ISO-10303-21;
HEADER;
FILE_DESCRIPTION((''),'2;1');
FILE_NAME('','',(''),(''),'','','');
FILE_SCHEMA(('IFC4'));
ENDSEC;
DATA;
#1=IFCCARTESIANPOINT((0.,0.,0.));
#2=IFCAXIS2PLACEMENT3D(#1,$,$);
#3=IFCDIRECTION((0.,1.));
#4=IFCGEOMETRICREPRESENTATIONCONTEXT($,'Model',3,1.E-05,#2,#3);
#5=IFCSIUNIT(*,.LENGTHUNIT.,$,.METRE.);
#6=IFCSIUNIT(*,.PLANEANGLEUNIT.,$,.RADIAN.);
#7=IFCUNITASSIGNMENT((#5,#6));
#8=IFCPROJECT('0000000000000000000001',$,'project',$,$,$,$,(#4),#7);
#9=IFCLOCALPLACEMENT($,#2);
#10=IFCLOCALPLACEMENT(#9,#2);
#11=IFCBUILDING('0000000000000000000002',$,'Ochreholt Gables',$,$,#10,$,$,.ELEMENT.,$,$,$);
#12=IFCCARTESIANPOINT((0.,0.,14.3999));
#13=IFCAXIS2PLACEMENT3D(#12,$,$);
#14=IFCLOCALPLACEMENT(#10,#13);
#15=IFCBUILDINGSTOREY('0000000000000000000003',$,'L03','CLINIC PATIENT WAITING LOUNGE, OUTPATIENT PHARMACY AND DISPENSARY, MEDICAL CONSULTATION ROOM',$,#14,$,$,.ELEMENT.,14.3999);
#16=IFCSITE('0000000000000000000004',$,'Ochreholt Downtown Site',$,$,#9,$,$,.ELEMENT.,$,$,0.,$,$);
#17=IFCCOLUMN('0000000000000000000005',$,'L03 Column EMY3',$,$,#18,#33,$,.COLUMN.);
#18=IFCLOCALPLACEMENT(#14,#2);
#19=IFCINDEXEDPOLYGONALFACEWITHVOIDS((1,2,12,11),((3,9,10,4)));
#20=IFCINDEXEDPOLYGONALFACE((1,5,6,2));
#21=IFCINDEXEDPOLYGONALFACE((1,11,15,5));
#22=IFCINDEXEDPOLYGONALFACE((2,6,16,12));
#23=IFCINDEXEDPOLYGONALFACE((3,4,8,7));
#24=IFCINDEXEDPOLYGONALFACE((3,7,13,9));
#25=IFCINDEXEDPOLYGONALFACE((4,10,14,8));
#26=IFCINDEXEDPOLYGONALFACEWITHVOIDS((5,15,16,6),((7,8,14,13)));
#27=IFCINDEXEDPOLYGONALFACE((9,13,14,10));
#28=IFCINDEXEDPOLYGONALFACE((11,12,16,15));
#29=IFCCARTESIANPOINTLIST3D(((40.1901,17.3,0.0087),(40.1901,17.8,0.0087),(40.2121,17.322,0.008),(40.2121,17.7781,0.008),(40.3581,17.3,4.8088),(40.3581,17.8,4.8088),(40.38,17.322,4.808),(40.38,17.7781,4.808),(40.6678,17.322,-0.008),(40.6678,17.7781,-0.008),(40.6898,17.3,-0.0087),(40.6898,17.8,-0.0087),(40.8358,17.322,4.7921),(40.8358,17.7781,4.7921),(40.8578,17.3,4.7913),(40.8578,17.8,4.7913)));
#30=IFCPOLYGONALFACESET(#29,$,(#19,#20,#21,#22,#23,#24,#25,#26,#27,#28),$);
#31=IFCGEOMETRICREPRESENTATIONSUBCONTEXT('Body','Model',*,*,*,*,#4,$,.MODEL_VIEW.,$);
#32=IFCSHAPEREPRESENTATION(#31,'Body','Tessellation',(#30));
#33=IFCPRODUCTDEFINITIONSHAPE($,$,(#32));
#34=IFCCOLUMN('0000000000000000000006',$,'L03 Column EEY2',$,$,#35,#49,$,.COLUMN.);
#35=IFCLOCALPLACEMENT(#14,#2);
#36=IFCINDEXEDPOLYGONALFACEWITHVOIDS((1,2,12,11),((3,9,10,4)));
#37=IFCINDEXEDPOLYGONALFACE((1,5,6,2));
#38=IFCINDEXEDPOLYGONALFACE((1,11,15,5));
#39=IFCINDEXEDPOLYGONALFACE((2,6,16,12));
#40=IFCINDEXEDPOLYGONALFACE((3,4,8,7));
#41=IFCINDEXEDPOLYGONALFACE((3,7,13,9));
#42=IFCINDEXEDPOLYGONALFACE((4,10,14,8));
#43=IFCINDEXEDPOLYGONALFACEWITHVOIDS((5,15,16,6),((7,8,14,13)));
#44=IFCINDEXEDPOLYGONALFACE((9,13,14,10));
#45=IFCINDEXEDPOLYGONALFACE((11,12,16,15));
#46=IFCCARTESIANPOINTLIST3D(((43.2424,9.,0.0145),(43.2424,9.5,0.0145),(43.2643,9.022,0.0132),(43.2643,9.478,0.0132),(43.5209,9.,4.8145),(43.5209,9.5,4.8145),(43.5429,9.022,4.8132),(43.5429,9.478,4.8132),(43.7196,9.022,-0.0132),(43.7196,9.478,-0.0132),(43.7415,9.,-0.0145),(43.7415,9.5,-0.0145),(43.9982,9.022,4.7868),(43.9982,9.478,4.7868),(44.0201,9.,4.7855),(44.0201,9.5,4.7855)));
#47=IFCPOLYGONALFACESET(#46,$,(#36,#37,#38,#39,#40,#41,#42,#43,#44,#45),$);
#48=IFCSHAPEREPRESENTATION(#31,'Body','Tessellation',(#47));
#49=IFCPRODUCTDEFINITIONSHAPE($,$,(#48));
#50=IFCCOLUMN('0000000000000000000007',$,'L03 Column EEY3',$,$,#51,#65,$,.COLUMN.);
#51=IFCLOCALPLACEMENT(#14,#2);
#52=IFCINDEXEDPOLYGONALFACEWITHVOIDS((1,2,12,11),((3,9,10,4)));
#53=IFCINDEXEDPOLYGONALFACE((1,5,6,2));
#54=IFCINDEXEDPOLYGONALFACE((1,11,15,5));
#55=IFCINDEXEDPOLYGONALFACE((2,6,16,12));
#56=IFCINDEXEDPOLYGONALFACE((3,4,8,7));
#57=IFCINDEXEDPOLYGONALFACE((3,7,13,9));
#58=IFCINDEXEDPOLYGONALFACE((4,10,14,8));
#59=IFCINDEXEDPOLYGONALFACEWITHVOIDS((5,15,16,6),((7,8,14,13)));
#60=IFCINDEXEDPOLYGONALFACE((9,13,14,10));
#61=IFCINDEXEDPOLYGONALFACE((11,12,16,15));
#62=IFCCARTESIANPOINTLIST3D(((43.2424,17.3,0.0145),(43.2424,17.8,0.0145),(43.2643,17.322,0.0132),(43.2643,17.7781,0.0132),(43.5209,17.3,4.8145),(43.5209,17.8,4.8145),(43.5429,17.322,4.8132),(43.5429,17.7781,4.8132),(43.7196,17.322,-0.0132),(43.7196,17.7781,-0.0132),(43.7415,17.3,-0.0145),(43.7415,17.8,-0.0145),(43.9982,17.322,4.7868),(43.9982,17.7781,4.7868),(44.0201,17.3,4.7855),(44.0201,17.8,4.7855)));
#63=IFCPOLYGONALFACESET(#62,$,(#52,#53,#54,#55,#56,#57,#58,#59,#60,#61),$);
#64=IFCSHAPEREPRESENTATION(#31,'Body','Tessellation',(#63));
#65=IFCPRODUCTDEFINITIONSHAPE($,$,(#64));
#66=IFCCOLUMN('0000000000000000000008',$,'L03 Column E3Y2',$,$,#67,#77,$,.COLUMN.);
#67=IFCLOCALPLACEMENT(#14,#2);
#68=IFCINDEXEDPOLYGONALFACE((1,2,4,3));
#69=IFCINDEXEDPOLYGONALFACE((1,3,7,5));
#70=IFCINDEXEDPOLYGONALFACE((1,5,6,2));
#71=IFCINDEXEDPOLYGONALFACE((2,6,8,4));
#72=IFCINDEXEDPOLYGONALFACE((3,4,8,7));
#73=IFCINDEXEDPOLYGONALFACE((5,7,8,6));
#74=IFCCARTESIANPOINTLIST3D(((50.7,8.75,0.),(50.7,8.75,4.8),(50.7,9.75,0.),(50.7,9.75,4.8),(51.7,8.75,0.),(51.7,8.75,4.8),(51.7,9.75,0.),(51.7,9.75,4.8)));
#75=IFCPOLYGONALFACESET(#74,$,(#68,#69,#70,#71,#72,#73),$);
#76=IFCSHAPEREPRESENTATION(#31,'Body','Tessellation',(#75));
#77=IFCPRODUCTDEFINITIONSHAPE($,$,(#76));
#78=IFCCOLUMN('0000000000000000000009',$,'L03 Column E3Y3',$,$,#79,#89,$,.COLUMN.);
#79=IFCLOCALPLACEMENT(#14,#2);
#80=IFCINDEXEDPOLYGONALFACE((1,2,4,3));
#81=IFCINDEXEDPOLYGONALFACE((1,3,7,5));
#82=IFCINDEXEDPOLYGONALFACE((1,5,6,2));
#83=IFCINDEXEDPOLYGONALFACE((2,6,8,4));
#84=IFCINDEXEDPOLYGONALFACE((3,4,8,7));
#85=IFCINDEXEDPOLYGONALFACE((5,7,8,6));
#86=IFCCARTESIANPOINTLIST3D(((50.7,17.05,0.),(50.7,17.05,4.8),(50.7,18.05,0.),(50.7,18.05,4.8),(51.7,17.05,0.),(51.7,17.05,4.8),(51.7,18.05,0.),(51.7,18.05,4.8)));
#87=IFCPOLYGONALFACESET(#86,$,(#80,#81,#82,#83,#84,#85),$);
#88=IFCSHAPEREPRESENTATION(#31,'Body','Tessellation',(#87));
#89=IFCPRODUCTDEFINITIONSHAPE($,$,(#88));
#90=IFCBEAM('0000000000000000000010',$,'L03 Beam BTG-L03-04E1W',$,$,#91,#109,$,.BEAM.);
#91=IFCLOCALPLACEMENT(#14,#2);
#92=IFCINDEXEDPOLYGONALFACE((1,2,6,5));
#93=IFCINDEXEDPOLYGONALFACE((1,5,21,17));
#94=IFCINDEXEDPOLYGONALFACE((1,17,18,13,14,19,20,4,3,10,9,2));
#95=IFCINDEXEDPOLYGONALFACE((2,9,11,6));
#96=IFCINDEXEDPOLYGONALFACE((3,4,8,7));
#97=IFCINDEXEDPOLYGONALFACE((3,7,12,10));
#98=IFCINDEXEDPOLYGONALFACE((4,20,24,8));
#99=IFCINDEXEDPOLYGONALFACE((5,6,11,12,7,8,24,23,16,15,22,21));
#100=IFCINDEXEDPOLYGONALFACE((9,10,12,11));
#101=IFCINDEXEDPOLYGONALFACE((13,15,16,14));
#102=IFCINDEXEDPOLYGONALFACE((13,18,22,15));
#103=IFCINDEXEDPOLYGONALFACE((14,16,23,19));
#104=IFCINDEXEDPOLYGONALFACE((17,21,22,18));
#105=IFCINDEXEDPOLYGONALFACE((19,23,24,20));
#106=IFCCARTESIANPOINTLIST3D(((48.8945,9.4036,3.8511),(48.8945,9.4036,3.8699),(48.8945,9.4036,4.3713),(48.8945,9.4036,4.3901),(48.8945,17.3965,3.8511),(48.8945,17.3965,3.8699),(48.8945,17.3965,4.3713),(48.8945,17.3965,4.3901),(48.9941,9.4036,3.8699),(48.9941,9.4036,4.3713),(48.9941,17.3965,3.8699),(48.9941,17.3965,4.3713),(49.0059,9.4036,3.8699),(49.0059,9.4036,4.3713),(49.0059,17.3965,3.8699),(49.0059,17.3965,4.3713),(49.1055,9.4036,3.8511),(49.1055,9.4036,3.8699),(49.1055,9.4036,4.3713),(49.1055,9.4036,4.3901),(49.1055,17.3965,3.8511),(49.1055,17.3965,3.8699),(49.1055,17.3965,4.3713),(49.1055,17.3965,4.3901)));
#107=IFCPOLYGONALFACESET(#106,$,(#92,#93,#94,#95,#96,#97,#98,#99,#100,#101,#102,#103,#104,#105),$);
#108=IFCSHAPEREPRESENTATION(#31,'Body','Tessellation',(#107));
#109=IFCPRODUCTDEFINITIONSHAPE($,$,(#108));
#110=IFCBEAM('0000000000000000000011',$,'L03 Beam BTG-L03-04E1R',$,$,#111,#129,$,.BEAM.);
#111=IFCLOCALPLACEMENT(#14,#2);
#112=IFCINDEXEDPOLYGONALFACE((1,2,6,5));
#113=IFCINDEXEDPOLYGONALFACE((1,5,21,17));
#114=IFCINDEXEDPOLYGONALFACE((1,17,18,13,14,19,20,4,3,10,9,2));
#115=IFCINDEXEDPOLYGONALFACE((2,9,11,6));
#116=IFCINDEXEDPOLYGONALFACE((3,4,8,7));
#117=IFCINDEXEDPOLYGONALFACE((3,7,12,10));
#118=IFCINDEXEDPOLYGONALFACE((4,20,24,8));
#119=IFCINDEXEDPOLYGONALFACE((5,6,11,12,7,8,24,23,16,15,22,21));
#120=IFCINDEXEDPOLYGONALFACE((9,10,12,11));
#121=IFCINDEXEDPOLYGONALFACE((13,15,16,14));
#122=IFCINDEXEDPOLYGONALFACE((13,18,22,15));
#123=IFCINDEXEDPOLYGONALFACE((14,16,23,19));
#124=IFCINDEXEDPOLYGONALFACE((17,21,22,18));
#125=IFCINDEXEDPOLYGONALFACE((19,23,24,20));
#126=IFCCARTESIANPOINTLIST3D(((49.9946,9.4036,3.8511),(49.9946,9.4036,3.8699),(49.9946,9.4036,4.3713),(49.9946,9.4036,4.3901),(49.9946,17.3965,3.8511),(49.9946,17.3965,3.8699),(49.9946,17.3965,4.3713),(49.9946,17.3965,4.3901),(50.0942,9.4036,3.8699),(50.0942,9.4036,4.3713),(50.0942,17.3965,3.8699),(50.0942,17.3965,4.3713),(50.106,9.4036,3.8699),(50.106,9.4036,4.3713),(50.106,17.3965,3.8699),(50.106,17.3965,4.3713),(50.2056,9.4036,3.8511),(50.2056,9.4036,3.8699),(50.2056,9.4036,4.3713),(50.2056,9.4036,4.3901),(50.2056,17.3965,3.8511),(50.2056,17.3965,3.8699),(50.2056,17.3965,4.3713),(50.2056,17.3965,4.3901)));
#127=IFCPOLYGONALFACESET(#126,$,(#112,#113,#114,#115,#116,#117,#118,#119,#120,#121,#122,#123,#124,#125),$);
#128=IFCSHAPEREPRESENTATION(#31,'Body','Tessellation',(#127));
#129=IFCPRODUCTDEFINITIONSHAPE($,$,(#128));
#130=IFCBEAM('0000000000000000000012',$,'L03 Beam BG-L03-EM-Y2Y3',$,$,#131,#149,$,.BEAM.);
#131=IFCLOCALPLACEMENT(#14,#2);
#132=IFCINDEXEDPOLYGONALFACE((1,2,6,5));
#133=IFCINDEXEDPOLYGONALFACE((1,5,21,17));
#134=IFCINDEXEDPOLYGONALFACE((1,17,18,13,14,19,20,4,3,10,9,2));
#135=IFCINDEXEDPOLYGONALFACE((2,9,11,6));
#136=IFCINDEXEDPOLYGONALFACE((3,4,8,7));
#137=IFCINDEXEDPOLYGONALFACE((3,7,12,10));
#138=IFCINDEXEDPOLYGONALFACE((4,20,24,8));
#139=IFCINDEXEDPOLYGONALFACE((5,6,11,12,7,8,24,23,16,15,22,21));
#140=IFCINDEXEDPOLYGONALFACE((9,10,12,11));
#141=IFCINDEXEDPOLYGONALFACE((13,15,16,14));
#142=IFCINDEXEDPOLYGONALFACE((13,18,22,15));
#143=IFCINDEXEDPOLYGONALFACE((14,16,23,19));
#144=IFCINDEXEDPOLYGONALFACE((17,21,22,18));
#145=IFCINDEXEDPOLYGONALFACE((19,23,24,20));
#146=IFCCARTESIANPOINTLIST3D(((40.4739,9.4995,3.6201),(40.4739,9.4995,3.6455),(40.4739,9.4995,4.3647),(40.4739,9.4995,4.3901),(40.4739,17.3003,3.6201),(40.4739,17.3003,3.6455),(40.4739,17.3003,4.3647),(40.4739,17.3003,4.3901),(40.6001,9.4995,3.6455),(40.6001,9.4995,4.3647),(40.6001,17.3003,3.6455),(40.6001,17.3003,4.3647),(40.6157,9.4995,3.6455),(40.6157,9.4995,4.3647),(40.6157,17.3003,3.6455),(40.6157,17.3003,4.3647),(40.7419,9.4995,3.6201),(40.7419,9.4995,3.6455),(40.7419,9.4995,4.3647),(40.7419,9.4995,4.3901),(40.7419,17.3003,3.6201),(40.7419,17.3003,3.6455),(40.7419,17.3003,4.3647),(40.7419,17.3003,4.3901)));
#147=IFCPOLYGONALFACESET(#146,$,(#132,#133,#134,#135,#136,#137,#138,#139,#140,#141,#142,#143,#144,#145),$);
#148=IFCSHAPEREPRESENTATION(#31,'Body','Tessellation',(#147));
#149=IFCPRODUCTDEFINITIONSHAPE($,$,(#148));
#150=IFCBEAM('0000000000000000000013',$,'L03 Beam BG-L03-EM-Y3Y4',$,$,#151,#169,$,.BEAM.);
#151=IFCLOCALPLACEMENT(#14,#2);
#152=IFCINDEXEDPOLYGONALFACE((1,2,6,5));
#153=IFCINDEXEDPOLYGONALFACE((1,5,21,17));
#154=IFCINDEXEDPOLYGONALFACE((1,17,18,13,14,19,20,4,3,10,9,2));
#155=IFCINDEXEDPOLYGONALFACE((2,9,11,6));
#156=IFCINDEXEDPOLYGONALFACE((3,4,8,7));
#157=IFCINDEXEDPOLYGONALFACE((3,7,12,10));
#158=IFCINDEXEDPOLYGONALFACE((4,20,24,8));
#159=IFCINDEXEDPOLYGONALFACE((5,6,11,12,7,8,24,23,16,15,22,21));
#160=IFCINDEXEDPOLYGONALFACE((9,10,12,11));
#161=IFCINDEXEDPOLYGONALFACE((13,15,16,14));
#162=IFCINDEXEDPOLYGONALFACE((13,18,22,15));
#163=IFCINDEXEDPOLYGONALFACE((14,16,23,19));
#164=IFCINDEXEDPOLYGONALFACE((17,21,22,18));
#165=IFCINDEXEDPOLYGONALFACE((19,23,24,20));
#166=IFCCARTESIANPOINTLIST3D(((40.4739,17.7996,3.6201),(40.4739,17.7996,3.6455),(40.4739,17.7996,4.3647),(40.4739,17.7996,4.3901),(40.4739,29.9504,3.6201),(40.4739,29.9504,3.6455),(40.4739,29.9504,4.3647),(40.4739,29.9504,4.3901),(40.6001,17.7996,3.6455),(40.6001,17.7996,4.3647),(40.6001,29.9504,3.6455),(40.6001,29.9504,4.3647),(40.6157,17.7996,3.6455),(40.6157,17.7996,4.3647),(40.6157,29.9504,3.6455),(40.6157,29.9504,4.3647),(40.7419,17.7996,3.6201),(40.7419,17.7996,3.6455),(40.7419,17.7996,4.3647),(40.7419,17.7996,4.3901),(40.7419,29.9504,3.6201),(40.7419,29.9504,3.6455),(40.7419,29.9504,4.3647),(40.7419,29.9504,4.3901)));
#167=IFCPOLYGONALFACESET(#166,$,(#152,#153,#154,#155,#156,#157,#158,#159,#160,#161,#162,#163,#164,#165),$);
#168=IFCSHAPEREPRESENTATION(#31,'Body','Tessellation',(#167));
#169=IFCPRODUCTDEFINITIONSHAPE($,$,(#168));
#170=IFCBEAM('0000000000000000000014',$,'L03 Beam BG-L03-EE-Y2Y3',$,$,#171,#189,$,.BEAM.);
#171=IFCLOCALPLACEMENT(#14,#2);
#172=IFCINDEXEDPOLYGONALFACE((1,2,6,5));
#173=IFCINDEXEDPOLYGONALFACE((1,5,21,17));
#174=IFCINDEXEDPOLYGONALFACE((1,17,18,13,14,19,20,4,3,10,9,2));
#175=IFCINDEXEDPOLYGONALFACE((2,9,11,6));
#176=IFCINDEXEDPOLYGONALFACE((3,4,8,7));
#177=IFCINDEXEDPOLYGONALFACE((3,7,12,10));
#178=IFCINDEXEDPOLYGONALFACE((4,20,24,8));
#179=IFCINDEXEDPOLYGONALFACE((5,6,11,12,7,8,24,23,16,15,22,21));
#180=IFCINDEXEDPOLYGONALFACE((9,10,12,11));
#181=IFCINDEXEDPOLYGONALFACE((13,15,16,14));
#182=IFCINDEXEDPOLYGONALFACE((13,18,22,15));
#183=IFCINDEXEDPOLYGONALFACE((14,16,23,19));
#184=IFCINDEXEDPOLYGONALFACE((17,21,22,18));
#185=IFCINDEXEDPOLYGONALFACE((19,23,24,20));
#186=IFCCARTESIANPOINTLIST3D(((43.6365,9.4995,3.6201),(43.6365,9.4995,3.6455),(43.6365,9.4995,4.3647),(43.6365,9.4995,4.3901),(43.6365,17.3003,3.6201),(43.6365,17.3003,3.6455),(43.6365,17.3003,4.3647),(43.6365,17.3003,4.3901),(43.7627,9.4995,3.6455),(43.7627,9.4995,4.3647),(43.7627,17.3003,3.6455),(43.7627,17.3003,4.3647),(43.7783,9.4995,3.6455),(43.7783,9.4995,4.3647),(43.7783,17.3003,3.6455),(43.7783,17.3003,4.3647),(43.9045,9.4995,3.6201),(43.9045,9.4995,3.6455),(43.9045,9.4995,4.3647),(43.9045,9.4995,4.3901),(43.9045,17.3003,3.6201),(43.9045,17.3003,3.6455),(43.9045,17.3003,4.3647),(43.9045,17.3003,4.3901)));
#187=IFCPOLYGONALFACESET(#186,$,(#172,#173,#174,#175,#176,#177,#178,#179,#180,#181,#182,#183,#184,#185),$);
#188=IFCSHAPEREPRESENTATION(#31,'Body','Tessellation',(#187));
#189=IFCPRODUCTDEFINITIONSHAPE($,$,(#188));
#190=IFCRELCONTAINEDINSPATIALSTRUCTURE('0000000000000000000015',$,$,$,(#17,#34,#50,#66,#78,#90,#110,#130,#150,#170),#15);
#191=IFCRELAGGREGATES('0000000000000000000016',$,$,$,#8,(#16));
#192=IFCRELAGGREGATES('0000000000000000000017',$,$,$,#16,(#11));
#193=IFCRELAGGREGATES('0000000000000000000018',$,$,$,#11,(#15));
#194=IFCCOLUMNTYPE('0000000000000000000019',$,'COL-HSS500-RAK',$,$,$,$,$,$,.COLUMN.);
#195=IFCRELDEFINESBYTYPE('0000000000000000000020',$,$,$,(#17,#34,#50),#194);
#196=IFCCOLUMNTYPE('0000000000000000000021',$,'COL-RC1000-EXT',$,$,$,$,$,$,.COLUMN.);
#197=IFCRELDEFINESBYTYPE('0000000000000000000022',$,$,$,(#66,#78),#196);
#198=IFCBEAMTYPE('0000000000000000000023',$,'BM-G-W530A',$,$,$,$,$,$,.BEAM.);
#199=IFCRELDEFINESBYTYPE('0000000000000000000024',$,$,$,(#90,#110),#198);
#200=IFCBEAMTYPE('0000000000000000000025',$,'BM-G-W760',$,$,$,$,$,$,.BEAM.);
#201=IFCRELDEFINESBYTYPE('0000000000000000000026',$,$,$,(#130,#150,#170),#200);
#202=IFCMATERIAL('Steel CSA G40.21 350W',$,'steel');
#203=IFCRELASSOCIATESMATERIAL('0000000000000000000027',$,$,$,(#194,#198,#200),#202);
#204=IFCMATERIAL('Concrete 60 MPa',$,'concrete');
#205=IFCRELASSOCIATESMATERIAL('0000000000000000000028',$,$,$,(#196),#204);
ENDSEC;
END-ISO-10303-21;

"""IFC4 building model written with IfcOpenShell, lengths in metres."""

from ifc_helpers import new_model, si_unit, direction, frame, origin, origin_2d, place, context, subcontext, project, spatial, rectangle, hollow_rectangle, i_section, extrude, material, material_profile, profile_set, type_object, element, save


model = new_model("IFC4")

# Units and contexts
model_context = context("Model", 3, precision=1e-05, world=origin(), true_north=direction((0.0, 1.0)))
body_context = subcontext(model_context, "Body", "Model", "MODEL_VIEW")
ifc_project = project(units=[si_unit("LENGTHUNIT", "METRE"), si_unit("PLANEANGLEUNIT", "RADIAN")], contexts=[model_context])

# Site, building, storey
site_placement = place(None, origin())
site = spatial("IfcSite", under=ifc_project, at=site_placement, Name="Ochreholt Downtown Site", CompositionType="ELEMENT", RefElevation=0.0)
building_placement = place(site_placement, origin())
building = spatial("IfcBuilding", under=site, at=building_placement, Name="Ochreholt Gables", CompositionType="ELEMENT")
storey_placement = place(building_placement, frame((0.0, 0.0, 14.3999)))
storey = spatial("IfcBuildingStorey", under=building, at=storey_placement, Name="L03", Description="CLINIC PATIENT WAITING LOUNGE, OUTPATIENT PHARMACY AND DISPENSARY, MEDICAL CONSULTATION ROOM", CompositionType="ELEMENT", Elevation=14.3999)

# Columns
ifc_material_1 = material(Name="Steel CSA G40.21 350W", Category="steel")
ifc_material_profile_1 = material_profile(ifc_material_1, hollow_rectangle(XDim=0.5, YDim=0.5, WallThickness=0.022, at=origin_2d()), Name="HSS500X500X22")
ifc_profile_set_1 = profile_set([ifc_material_profile_1], Name="Steel CSA G40.21 350W")
column_type_1 = type_object("IfcColumnType", Name="COL-HSS500-RAK", PredefinedType="COLUMN", material=ifc_profile_set_1)
column_placement = place(storey_placement, frame((40.4399, 17.55, 0.0), z_axis=(0.034972, 0.0, 0.999388), x_axis=(0.0, 1.0, 0.0)))
element("IfcColumn", 1, at=column_placement, inside=storey, type_object=column_type_1, Name="L03 Column EMY3", PredefinedType="COLUMN", context=body_context, shape_type="SweptSolid", body=[
    extrude(hollow_rectangle(XDim=0.5, YDim=0.5, WallThickness=0.022, at=origin_2d()), origin(), (0.0, 0.0, 1.0), 4.803),
])
for number, where, z_axis, x_axis, name in (
    (2, (43.4919, 9.25, 0.0), (0.057936, 0.0, 0.99832), (0.0, 1.0, 0.0), "L03 Column EEY2"),
    (3, (43.4919, 17.55, 0.0), (0.057936, 0.0, 0.99832), (0.0, 1.0, 0.0), "L03 Column EEY3"),
):
    element("IfcColumn", number, at=place(storey_placement, frame(where, z_axis=z_axis, x_axis=x_axis)), inside=storey, type_object=column_type_1, Name=name, PredefinedType="COLUMN", context=body_context, shape_type="SweptSolid", body=[
        extrude(hollow_rectangle(XDim=0.5, YDim=0.5, WallThickness=0.022, at=origin_2d()), origin(), (0.0, 0.0, 1.0), 4.8081),
    ])
ifc_material_2 = material(Name="Concrete 60 MPa", Category="concrete")
ifc_material_profile_2 = material_profile(ifc_material_2, rectangle(XDim=1.0, YDim=1.0, at=origin_2d()), Name="RC1000X1000")
ifc_profile_set_2 = profile_set([ifc_material_profile_2], Name="Concrete 60 MPa")
column_type_2 = type_object("IfcColumnType", Name="COL-RC1000-EXT", PredefinedType="COLUMN", material=ifc_profile_set_2)
for number, where, z_axis, x_axis, name in (
    (4, (51.2, 9.25, 0.0), (0.0, 0.0, 1.0), (1.0, 0.0, 0.0), "L03 Column E3Y2"),
    (5, (51.2, 17.55, 0.0), (0.0, 0.0, 1.0), (1.0, 0.0, 0.0), "L03 Column E3Y3"),
):
    element("IfcColumn", number, at=place(storey_placement, frame(where, z_axis=z_axis, x_axis=x_axis)), inside=storey, type_object=column_type_2, Name=name, PredefinedType="COLUMN", context=body_context, shape_type="SweptSolid", body=[
        extrude(rectangle(XDim=1.0, YDim=1.0, at=origin_2d()), origin(), (0.0, 0.0, 1.0), 4.8),
    ])

# Beams
ifc_material_profile_3 = material_profile(ifc_material_1, i_section(OverallWidth=0.2109, OverallDepth=0.5391, WebThickness=0.0117, FlangeThickness=0.0188, at=origin_2d()), Name="W530X109")
ifc_profile_set_3 = profile_set([ifc_material_profile_3], Name="Steel CSA G40.21 350W")
beam_type_1 = type_object("IfcBeamType", Name="BM-G-W530A", PredefinedType="BEAM", material=ifc_profile_set_3)
for number, where, z_axis, x_axis, name in (
    (6, (49.0, 9.4036, 4.1206), (0.0, 1.0, 0.0), (-1.0, 0.0, 0.0), "L03 Beam BTG-L03-04E1W"),
    (7, (50.1001, 9.4036, 4.1206), (0.0, 1.0, 0.0), (-1.0, 0.0, 0.0), "L03 Beam BTG-L03-04E1R"),
):
    element("IfcBeam", number, at=place(storey_placement, frame(where, z_axis=z_axis, x_axis=x_axis)), inside=storey, type_object=beam_type_1, Name=name, PredefinedType="BEAM", context=body_context, shape_type="SweptSolid", body=[
        extrude(i_section(OverallWidth=0.2109, OverallDepth=0.5391, WebThickness=0.0117, FlangeThickness=0.0188, at=origin_2d()), origin(), (0.0, 0.0, 1.0), 7.9929),
    ])
ifc_material_profile_4 = material_profile(ifc_material_1, i_section(OverallWidth=0.2681, OverallDepth=0.77, WebThickness=0.0156, FlangeThickness=0.0254, at=origin_2d()), Name="W760X196")
ifc_profile_set_4 = profile_set([ifc_material_profile_4], Name="Steel CSA G40.21 350W")
beam_type_2 = type_object("IfcBeamType", Name="BM-G-W760", PredefinedType="BEAM", material=ifc_profile_set_4)
beam_1_placement = place(storey_placement, frame((40.6079, 9.4995, 4.0051), z_axis=(0.0, 1.0, 0.0), x_axis=(-1.0, 0.0, 0.0)))
element("IfcBeam", 8, at=beam_1_placement, inside=storey, type_object=beam_type_2, Name="L03 Beam BG-L03-EM-Y2Y3", PredefinedType="BEAM", context=body_context, shape_type="SweptSolid", body=[
    extrude(i_section(OverallWidth=0.2681, OverallDepth=0.77, WebThickness=0.0156, FlangeThickness=0.0254, at=origin_2d()), origin(), (0.0, 0.0, 1.0), 7.8008),
])
beam_2_placement = place(storey_placement, frame((40.6079, 17.7996, 4.0051), z_axis=(0.0, 1.0, 0.0), x_axis=(-1.0, 0.0, 0.0)))
element("IfcBeam", 9, at=beam_2_placement, inside=storey, type_object=beam_type_2, Name="L03 Beam BG-L03-EM-Y3Y4", PredefinedType="BEAM", context=body_context, shape_type="SweptSolid", body=[
    extrude(i_section(OverallWidth=0.2681, OverallDepth=0.77, WebThickness=0.0156, FlangeThickness=0.0254, at=origin_2d()), origin(), (0.0, 0.0, 1.0), 12.1509),
])
beam_3_placement = place(storey_placement, frame((43.7705, 9.4995, 4.0051), z_axis=(0.0, 1.0, 0.0), x_axis=(-1.0, 0.0, 0.0)))
element("IfcBeam", 10, at=beam_3_placement, inside=storey, type_object=beam_type_2, Name="L03 Beam BG-L03-EE-Y2Y3", PredefinedType="BEAM", context=body_context, shape_type="SweptSolid", body=[
    extrude(i_section(OverallWidth=0.2681, OverallDepth=0.77, WebThickness=0.0156, FlangeThickness=0.0254, at=origin_2d()), origin(), (0.0, 0.0, 1.0), 7.8008),
])

save(model, "model.ifc")
